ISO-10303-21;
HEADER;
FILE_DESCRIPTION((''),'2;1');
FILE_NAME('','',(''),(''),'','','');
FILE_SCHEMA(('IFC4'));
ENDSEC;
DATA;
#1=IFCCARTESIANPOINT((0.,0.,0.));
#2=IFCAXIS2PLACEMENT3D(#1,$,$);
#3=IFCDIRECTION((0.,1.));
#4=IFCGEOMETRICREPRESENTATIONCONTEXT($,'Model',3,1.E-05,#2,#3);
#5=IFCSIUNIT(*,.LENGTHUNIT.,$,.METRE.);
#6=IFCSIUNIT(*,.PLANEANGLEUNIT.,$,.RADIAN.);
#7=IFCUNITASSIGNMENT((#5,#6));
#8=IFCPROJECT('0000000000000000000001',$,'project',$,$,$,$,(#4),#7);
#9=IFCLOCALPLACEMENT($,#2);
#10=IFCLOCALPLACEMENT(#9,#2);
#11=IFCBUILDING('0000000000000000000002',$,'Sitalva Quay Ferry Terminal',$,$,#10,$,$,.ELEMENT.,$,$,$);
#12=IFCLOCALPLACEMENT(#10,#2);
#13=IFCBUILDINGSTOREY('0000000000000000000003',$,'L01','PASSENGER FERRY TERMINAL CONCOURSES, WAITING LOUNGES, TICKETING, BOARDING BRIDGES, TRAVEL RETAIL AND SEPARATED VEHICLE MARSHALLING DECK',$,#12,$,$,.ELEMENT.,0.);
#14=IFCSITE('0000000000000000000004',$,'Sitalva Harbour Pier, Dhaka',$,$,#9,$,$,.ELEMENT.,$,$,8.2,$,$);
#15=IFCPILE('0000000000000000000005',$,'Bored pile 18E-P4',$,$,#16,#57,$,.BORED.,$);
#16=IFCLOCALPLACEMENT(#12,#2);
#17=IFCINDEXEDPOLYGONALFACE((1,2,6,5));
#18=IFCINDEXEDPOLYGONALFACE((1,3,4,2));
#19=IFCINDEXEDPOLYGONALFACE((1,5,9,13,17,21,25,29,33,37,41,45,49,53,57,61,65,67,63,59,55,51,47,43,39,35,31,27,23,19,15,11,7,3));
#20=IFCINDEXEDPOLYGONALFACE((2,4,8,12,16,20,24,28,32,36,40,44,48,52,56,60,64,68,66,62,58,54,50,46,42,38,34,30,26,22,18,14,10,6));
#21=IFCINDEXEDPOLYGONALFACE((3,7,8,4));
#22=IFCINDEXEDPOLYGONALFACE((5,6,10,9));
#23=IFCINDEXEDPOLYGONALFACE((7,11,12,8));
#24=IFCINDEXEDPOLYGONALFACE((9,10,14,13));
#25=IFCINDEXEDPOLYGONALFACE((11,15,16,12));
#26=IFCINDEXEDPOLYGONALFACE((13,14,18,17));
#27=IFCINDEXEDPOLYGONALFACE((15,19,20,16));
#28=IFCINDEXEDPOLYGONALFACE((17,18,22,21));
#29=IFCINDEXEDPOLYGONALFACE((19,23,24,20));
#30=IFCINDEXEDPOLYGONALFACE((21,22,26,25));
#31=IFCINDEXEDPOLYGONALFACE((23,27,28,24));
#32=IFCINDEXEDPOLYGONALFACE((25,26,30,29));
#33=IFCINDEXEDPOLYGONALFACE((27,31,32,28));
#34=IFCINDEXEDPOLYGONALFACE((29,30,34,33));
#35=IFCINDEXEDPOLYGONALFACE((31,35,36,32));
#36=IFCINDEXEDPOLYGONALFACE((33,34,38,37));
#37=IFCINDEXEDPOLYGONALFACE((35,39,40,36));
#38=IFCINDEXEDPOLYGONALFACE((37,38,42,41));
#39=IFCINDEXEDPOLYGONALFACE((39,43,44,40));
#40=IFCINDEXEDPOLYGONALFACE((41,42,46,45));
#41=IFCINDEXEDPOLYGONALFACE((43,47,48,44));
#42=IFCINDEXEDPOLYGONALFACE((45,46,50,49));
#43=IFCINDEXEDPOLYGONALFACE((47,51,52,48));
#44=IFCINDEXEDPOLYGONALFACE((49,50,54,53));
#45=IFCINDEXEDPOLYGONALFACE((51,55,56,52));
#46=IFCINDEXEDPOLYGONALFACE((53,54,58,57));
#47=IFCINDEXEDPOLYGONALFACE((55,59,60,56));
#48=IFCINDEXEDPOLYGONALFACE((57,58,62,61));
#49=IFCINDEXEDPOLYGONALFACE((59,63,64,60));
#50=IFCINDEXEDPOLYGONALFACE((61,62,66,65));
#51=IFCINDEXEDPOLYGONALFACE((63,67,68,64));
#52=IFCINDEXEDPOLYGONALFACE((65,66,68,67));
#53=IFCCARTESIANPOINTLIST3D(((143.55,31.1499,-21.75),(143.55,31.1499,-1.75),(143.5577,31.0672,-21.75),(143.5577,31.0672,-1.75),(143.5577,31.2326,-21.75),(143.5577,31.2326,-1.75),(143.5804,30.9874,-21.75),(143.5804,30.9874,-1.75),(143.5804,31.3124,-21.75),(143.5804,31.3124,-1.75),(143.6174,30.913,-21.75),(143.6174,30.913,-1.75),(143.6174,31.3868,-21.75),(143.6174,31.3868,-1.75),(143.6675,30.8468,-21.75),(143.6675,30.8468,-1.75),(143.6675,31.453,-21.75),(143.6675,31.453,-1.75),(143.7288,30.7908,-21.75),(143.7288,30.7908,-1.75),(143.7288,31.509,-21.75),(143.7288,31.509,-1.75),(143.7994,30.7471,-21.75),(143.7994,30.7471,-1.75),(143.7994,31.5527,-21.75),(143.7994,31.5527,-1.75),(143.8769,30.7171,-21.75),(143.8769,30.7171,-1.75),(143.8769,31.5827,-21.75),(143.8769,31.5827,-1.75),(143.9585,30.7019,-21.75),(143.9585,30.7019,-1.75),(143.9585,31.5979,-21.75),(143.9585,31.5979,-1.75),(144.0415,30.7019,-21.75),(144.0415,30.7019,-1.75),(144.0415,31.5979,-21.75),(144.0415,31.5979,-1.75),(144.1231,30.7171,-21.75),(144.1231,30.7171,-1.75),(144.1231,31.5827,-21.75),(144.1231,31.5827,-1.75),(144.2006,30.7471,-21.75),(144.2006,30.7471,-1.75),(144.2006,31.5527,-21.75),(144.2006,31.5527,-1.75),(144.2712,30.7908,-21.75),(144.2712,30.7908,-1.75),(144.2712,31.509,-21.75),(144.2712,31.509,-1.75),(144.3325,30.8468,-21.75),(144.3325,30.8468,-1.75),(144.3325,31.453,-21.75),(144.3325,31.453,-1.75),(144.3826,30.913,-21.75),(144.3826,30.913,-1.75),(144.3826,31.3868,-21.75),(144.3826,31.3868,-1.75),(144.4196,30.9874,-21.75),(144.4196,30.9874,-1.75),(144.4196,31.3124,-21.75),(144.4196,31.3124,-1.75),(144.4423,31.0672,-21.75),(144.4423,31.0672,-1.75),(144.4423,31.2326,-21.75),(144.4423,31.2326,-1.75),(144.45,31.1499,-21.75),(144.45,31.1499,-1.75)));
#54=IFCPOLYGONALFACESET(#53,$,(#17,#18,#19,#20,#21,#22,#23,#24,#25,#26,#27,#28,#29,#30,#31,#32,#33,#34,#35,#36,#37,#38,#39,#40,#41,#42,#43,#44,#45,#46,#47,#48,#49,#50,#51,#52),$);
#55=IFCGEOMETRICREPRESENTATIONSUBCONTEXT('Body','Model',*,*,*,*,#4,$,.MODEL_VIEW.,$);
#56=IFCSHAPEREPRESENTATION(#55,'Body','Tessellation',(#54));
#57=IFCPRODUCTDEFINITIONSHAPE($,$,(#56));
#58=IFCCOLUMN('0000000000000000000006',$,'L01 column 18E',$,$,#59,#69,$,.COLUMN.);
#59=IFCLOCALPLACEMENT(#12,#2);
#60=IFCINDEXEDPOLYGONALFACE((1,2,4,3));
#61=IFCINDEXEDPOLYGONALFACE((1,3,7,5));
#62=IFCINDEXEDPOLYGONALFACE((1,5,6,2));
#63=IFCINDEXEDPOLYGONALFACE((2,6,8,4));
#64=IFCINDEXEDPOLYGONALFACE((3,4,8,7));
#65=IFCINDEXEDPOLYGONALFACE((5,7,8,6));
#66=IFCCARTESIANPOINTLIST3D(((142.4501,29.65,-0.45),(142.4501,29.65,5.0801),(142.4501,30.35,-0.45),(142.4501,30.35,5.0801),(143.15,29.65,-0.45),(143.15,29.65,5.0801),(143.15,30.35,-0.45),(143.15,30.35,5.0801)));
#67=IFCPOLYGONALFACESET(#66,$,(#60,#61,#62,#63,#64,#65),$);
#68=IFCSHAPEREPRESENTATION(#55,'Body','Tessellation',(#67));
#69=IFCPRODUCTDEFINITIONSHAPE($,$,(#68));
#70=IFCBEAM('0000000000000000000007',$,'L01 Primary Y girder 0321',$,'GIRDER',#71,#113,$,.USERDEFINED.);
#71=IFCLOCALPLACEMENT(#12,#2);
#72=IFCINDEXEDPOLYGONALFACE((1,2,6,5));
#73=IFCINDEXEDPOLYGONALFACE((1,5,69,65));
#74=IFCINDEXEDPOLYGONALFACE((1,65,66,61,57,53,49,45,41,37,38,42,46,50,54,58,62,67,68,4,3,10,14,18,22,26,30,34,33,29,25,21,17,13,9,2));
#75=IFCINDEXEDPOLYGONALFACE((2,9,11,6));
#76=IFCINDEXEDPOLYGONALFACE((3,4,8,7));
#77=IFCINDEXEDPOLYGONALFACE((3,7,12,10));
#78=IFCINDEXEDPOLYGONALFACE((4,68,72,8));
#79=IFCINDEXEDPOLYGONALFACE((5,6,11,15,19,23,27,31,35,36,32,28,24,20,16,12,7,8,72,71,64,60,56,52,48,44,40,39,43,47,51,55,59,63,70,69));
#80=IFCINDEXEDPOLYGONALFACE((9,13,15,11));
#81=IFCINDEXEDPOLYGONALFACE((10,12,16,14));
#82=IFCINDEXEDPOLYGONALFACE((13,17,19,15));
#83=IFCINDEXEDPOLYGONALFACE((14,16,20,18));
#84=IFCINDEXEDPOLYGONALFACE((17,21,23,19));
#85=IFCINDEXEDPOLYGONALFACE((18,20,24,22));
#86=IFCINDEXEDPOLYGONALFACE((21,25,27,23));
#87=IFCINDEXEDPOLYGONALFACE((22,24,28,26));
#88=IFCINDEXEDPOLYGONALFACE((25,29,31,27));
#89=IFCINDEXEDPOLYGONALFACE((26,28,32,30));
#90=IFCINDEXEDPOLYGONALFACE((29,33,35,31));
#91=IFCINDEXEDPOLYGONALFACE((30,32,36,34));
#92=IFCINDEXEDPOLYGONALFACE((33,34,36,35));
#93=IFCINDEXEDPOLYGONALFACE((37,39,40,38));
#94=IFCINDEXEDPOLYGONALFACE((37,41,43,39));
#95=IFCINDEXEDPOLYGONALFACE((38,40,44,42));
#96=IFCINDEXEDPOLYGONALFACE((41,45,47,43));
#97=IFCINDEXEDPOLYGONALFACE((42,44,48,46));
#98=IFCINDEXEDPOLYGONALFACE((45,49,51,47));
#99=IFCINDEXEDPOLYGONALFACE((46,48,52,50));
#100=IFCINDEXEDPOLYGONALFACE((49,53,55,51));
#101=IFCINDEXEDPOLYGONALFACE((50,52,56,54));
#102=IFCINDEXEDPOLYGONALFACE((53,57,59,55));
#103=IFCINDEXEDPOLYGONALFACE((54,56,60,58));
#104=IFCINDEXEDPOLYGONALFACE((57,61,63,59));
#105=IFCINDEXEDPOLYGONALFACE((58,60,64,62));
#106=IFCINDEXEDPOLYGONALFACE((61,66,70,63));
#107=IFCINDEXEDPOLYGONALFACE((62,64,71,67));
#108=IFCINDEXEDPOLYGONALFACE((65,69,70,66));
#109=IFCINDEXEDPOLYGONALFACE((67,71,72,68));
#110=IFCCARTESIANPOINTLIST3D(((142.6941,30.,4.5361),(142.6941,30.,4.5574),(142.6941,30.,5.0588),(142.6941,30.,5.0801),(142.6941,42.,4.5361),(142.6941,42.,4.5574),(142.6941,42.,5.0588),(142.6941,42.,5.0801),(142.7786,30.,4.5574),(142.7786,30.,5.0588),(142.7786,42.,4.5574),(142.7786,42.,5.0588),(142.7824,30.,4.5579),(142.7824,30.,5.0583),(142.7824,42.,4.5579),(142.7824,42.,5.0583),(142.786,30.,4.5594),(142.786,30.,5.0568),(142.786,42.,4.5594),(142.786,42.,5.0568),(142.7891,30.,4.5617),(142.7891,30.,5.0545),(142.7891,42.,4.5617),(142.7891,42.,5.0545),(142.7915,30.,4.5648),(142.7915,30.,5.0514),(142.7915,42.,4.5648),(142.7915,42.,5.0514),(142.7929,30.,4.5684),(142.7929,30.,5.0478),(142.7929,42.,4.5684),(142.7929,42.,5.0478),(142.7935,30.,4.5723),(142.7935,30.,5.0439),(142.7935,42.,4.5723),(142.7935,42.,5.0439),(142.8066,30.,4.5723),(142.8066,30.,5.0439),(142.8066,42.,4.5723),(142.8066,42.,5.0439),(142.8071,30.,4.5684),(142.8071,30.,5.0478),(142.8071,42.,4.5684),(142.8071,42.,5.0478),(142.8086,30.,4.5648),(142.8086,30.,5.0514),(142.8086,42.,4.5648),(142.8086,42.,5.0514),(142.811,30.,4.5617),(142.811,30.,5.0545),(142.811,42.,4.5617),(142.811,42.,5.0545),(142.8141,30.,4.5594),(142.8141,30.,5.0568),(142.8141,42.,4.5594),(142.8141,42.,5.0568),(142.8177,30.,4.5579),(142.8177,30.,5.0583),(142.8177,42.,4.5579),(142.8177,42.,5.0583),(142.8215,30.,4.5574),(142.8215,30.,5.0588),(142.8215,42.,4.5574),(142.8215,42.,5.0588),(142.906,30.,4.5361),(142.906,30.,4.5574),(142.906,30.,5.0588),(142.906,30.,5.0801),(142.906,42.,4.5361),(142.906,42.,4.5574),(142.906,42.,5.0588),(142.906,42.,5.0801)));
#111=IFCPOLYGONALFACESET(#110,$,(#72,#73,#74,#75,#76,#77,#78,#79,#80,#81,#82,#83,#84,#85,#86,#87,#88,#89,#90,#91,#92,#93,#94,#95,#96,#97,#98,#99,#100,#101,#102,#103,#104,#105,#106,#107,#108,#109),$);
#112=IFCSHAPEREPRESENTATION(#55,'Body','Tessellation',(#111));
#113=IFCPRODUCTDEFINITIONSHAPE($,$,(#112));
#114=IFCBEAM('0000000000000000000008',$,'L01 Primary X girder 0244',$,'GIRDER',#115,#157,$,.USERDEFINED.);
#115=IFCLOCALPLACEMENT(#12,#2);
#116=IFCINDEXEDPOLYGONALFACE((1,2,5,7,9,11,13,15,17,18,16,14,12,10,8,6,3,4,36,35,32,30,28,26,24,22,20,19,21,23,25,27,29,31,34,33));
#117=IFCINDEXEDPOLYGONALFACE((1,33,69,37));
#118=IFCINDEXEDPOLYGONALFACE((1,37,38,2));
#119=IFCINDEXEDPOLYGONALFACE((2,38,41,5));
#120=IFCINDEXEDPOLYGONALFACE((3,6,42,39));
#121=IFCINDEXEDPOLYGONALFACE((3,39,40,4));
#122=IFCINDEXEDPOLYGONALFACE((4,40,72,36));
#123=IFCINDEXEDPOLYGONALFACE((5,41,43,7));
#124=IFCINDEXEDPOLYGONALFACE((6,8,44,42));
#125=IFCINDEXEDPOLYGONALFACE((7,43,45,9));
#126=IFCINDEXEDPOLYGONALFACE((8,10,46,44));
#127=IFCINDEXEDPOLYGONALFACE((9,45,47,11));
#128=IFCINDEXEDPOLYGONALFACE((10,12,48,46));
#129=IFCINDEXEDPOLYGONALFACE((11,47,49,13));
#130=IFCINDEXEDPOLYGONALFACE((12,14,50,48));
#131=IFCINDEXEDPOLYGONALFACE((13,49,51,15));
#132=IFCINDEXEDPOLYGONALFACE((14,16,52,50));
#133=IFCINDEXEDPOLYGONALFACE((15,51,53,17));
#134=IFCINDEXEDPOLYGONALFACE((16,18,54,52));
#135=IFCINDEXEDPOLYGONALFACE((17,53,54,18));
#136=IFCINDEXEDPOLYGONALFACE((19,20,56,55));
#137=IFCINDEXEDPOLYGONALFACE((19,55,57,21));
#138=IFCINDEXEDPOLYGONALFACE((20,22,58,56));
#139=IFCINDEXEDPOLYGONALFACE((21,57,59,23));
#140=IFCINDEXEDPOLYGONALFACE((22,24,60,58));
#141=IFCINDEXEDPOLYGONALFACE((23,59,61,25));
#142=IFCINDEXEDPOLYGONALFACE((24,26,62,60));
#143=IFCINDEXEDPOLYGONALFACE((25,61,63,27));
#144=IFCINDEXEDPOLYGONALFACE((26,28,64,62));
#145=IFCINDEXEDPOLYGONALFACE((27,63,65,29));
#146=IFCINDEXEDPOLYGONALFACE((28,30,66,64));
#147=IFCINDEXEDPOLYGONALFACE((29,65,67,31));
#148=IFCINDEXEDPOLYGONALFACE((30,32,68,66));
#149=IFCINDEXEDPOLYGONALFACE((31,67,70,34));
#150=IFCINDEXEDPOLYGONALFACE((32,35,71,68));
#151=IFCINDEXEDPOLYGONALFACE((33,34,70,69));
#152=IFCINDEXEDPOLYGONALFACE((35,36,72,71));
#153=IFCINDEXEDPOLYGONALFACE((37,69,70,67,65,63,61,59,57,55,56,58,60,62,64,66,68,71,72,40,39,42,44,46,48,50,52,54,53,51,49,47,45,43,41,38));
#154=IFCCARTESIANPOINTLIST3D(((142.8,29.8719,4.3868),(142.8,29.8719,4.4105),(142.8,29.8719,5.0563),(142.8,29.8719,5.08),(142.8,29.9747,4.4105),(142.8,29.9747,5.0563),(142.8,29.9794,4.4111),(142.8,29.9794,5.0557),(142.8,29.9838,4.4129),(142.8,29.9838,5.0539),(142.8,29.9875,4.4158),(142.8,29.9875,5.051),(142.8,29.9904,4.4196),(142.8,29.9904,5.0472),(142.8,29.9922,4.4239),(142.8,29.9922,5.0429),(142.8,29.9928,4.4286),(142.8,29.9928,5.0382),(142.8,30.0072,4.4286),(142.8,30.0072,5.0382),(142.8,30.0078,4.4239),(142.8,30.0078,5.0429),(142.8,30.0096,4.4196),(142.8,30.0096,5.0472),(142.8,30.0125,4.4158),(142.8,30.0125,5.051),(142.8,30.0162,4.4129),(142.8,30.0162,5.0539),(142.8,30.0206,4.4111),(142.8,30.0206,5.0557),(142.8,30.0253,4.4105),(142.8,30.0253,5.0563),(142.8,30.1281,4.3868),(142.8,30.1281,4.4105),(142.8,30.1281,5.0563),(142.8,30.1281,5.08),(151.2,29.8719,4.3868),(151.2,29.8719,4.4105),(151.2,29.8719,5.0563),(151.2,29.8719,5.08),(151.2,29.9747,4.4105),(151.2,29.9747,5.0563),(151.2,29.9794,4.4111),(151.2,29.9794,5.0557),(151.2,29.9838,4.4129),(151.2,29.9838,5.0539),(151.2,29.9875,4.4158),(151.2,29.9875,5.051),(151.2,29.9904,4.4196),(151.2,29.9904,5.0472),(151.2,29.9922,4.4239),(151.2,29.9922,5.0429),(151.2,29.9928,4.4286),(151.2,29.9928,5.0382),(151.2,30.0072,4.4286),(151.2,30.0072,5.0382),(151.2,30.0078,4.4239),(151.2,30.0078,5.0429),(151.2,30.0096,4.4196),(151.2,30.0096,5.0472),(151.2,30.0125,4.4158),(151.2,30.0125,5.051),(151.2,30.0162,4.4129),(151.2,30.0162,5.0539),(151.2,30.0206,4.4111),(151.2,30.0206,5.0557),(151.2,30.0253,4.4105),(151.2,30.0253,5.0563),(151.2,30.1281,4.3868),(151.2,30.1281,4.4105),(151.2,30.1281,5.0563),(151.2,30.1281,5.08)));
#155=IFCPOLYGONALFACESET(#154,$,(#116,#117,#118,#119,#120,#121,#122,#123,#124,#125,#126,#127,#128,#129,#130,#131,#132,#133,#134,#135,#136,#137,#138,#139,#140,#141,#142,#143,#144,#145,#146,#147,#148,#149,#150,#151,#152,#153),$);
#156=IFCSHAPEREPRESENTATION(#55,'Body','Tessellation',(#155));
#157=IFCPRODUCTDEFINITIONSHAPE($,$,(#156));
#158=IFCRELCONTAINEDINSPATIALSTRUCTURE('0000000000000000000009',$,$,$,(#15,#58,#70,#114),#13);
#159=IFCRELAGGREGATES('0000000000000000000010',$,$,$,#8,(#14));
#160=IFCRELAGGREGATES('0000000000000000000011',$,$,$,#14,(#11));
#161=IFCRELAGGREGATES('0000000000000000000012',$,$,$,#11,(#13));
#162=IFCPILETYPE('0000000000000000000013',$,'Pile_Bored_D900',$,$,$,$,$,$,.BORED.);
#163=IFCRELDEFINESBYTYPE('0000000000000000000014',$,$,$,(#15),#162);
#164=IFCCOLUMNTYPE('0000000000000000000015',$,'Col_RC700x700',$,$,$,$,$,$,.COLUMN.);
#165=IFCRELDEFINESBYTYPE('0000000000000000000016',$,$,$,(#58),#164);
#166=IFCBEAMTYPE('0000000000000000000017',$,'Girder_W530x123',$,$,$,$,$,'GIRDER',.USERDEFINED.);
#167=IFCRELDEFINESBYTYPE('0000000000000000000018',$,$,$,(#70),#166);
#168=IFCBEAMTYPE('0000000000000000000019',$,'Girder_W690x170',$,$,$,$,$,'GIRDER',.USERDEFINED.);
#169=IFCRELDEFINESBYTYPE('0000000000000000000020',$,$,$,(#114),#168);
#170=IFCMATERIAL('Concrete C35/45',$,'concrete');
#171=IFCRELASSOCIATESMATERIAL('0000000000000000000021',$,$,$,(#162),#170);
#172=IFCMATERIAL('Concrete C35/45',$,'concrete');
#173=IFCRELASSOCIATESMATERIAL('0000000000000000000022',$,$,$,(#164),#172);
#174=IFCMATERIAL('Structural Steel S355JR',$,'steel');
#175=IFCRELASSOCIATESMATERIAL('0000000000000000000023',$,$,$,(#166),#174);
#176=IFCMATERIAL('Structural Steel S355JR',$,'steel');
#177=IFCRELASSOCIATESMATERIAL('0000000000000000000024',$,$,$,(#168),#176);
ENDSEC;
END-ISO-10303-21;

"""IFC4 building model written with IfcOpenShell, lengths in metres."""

from ifc_helpers import new_model, si_unit, direction, frame, origin, origin_2d, place, context, subcontext, project, spatial, rectangle, circle, i_section, extrude, material, material_profile, profile_set, type_object, element, save


model = new_model("IFC4")

# Units and contexts
model_context = context("Model", 3, precision=1e-05, world=origin(), true_north=direction((0.0, 1.0)))
body_context = subcontext(model_context, "Body", "Model", "MODEL_VIEW")
ifc_project = project(units=[si_unit("LENGTHUNIT", "METRE"), si_unit("PLANEANGLEUNIT", "RADIAN")], contexts=[model_context])

# Site, building, storey
site_placement = place(None, origin())
site = spatial("IfcSite", under=ifc_project, at=site_placement, Name="Sitalva Harbour Pier, Dhaka", CompositionType="ELEMENT", RefElevation=8.2)
building_placement = place(site_placement, origin())
building = spatial("IfcBuilding", under=site, at=building_placement, Name="Sitalva Quay Ferry Terminal", CompositionType="ELEMENT")
storey_placement = place(building_placement, origin())
storey = spatial("IfcBuildingStorey", under=building, at=storey_placement, Name="L01", Description="PASSENGER FERRY TERMINAL CONCOURSES, WAITING LOUNGES, TICKETING, BOARDING BRIDGES, TRAVEL RETAIL AND SEPARATED VEHICLE MARSHALLING DECK", CompositionType="ELEMENT", Elevation=0.0)

# Pile
ifc_material_1 = material(Name="Concrete C35/45", Category="concrete")
ifc_material_profile_1 = material_profile(ifc_material_1, circle(Radius=0.45, at=origin_2d()), Name="PILE-D900")
ifc_profile_set_1 = profile_set([ifc_material_profile_1], Name="Concrete C35/45")
pile_type = type_object("IfcPileType", Name="Pile_Bored_D900", PredefinedType="BORED", material=ifc_profile_set_1)
for number, where, z_axis, x_axis, name in (
    (1, (144.0, 31.1499, -1.75), (0.0, 0.0, -1.0), (1.0, 0.0, 0.0), "Bored pile 18E-P4"),
):
    element("IfcPile", number, at=place(storey_placement, frame(where, z_axis=z_axis, x_axis=x_axis)), inside=storey, type_object=pile_type, Name=name, PredefinedType="BORED", context=body_context, shape_type="SweptSolid", body=[
        extrude(circle(Radius=0.45, at=origin_2d()), origin(), (0.0, 0.0, 1.0), 20.0),
    ])

# Column
ifc_material_2 = material(Name="Concrete C35/45", Category="concrete")
ifc_material_profile_2 = material_profile(ifc_material_2, rectangle(XDim=0.7, YDim=0.7, at=origin_2d()), Name="RC700x700")
ifc_profile_set_2 = profile_set([ifc_material_profile_2], Name="Concrete C35/45")
column_type = type_object("IfcColumnType", Name="Col_RC700x700", PredefinedType="COLUMN", material=ifc_profile_set_2)
column_placement = place(storey_placement, frame((142.8, 30.0, -0.45), z_axis=(0.0, 0.0, 1.0), x_axis=(1.0, 0.0, 0.0)))
element("IfcColumn", 2, at=column_placement, inside=storey, type_object=column_type, Name="L01 column 18E", PredefinedType="COLUMN", context=body_context, shape_type="SweptSolid", body=[
    extrude(rectangle(XDim=0.7, YDim=0.7, at=origin_2d()), origin(), (0.0, 0.0, 1.0), 5.53),
])

# Beams
ifc_material_3 = material(Name="Structural Steel S355JR", Category="steel")
ifc_material_profile_3 = material_profile(ifc_material_3, i_section(OverallWidth=0.2119, OverallDepth=0.5439, WebThickness=0.0132, FlangeThickness=0.0212, FilletRadius=0.0149, at=origin_2d()), Name="W530x123")
ifc_profile_set_3 = profile_set([ifc_material_profile_3], Name="Structural Steel S355JR")
beam_type_1 = type_object("IfcBeamType", Name="Girder_W530x123", ElementType="GIRDER", PredefinedType="USERDEFINED", material=ifc_profile_set_3)
beam_1_placement = place(storey_placement, frame((142.8, 30.0, 4.8081), z_axis=(0.0, 1.0, 0.0), x_axis=(-1.0, 0.0, 0.0)))
element("IfcBeam", 3, at=beam_1_placement, inside=storey, type_object=beam_type_1, Name="L01 Primary Y girder 0321", ObjectType="GIRDER", PredefinedType="USERDEFINED", context=body_context, shape_type="SweptSolid", body=[
    extrude(i_section(OverallWidth=0.2119, OverallDepth=0.5439, WebThickness=0.0132, FlangeThickness=0.0212, FilletRadius=0.0149, at=origin_2d()), origin(), (0.0, 0.0, 1.0), 12.0),
])
ifc_material_4 = material(Name="Structural Steel S355JR", Category="steel")
ifc_material_profile_4 = material_profile(ifc_material_4, i_section(OverallWidth=0.2561, OverallDepth=0.6931, WebThickness=0.0144, FlangeThickness=0.0237, FilletRadius=0.0181, at=origin_2d()), Name="W690x170")
ifc_profile_set_4 = profile_set([ifc_material_profile_4], Name="Structural Steel S355JR")
beam_type_2 = type_object("IfcBeamType", Name="Girder_W690x170", ElementType="GIRDER", PredefinedType="USERDEFINED", material=ifc_profile_set_4)
beam_2_placement = place(storey_placement, frame((142.8, 30.0, 4.7334), z_axis=(1.0, 0.0, 0.0), x_axis=(0.0, 1.0, 0.0)))
element("IfcBeam", 4, at=beam_2_placement, inside=storey, type_object=beam_type_2, Name="L01 Primary X girder 0244", ObjectType="GIRDER", PredefinedType="USERDEFINED", context=body_context, shape_type="SweptSolid", body=[
    extrude(i_section(OverallWidth=0.2561, OverallDepth=0.6931, WebThickness=0.0144, FlangeThickness=0.0237, FilletRadius=0.0181, at=origin_2d()), origin(), (0.0, 0.0, 1.0), 8.3999),
])

save(model, "model.ifc")
